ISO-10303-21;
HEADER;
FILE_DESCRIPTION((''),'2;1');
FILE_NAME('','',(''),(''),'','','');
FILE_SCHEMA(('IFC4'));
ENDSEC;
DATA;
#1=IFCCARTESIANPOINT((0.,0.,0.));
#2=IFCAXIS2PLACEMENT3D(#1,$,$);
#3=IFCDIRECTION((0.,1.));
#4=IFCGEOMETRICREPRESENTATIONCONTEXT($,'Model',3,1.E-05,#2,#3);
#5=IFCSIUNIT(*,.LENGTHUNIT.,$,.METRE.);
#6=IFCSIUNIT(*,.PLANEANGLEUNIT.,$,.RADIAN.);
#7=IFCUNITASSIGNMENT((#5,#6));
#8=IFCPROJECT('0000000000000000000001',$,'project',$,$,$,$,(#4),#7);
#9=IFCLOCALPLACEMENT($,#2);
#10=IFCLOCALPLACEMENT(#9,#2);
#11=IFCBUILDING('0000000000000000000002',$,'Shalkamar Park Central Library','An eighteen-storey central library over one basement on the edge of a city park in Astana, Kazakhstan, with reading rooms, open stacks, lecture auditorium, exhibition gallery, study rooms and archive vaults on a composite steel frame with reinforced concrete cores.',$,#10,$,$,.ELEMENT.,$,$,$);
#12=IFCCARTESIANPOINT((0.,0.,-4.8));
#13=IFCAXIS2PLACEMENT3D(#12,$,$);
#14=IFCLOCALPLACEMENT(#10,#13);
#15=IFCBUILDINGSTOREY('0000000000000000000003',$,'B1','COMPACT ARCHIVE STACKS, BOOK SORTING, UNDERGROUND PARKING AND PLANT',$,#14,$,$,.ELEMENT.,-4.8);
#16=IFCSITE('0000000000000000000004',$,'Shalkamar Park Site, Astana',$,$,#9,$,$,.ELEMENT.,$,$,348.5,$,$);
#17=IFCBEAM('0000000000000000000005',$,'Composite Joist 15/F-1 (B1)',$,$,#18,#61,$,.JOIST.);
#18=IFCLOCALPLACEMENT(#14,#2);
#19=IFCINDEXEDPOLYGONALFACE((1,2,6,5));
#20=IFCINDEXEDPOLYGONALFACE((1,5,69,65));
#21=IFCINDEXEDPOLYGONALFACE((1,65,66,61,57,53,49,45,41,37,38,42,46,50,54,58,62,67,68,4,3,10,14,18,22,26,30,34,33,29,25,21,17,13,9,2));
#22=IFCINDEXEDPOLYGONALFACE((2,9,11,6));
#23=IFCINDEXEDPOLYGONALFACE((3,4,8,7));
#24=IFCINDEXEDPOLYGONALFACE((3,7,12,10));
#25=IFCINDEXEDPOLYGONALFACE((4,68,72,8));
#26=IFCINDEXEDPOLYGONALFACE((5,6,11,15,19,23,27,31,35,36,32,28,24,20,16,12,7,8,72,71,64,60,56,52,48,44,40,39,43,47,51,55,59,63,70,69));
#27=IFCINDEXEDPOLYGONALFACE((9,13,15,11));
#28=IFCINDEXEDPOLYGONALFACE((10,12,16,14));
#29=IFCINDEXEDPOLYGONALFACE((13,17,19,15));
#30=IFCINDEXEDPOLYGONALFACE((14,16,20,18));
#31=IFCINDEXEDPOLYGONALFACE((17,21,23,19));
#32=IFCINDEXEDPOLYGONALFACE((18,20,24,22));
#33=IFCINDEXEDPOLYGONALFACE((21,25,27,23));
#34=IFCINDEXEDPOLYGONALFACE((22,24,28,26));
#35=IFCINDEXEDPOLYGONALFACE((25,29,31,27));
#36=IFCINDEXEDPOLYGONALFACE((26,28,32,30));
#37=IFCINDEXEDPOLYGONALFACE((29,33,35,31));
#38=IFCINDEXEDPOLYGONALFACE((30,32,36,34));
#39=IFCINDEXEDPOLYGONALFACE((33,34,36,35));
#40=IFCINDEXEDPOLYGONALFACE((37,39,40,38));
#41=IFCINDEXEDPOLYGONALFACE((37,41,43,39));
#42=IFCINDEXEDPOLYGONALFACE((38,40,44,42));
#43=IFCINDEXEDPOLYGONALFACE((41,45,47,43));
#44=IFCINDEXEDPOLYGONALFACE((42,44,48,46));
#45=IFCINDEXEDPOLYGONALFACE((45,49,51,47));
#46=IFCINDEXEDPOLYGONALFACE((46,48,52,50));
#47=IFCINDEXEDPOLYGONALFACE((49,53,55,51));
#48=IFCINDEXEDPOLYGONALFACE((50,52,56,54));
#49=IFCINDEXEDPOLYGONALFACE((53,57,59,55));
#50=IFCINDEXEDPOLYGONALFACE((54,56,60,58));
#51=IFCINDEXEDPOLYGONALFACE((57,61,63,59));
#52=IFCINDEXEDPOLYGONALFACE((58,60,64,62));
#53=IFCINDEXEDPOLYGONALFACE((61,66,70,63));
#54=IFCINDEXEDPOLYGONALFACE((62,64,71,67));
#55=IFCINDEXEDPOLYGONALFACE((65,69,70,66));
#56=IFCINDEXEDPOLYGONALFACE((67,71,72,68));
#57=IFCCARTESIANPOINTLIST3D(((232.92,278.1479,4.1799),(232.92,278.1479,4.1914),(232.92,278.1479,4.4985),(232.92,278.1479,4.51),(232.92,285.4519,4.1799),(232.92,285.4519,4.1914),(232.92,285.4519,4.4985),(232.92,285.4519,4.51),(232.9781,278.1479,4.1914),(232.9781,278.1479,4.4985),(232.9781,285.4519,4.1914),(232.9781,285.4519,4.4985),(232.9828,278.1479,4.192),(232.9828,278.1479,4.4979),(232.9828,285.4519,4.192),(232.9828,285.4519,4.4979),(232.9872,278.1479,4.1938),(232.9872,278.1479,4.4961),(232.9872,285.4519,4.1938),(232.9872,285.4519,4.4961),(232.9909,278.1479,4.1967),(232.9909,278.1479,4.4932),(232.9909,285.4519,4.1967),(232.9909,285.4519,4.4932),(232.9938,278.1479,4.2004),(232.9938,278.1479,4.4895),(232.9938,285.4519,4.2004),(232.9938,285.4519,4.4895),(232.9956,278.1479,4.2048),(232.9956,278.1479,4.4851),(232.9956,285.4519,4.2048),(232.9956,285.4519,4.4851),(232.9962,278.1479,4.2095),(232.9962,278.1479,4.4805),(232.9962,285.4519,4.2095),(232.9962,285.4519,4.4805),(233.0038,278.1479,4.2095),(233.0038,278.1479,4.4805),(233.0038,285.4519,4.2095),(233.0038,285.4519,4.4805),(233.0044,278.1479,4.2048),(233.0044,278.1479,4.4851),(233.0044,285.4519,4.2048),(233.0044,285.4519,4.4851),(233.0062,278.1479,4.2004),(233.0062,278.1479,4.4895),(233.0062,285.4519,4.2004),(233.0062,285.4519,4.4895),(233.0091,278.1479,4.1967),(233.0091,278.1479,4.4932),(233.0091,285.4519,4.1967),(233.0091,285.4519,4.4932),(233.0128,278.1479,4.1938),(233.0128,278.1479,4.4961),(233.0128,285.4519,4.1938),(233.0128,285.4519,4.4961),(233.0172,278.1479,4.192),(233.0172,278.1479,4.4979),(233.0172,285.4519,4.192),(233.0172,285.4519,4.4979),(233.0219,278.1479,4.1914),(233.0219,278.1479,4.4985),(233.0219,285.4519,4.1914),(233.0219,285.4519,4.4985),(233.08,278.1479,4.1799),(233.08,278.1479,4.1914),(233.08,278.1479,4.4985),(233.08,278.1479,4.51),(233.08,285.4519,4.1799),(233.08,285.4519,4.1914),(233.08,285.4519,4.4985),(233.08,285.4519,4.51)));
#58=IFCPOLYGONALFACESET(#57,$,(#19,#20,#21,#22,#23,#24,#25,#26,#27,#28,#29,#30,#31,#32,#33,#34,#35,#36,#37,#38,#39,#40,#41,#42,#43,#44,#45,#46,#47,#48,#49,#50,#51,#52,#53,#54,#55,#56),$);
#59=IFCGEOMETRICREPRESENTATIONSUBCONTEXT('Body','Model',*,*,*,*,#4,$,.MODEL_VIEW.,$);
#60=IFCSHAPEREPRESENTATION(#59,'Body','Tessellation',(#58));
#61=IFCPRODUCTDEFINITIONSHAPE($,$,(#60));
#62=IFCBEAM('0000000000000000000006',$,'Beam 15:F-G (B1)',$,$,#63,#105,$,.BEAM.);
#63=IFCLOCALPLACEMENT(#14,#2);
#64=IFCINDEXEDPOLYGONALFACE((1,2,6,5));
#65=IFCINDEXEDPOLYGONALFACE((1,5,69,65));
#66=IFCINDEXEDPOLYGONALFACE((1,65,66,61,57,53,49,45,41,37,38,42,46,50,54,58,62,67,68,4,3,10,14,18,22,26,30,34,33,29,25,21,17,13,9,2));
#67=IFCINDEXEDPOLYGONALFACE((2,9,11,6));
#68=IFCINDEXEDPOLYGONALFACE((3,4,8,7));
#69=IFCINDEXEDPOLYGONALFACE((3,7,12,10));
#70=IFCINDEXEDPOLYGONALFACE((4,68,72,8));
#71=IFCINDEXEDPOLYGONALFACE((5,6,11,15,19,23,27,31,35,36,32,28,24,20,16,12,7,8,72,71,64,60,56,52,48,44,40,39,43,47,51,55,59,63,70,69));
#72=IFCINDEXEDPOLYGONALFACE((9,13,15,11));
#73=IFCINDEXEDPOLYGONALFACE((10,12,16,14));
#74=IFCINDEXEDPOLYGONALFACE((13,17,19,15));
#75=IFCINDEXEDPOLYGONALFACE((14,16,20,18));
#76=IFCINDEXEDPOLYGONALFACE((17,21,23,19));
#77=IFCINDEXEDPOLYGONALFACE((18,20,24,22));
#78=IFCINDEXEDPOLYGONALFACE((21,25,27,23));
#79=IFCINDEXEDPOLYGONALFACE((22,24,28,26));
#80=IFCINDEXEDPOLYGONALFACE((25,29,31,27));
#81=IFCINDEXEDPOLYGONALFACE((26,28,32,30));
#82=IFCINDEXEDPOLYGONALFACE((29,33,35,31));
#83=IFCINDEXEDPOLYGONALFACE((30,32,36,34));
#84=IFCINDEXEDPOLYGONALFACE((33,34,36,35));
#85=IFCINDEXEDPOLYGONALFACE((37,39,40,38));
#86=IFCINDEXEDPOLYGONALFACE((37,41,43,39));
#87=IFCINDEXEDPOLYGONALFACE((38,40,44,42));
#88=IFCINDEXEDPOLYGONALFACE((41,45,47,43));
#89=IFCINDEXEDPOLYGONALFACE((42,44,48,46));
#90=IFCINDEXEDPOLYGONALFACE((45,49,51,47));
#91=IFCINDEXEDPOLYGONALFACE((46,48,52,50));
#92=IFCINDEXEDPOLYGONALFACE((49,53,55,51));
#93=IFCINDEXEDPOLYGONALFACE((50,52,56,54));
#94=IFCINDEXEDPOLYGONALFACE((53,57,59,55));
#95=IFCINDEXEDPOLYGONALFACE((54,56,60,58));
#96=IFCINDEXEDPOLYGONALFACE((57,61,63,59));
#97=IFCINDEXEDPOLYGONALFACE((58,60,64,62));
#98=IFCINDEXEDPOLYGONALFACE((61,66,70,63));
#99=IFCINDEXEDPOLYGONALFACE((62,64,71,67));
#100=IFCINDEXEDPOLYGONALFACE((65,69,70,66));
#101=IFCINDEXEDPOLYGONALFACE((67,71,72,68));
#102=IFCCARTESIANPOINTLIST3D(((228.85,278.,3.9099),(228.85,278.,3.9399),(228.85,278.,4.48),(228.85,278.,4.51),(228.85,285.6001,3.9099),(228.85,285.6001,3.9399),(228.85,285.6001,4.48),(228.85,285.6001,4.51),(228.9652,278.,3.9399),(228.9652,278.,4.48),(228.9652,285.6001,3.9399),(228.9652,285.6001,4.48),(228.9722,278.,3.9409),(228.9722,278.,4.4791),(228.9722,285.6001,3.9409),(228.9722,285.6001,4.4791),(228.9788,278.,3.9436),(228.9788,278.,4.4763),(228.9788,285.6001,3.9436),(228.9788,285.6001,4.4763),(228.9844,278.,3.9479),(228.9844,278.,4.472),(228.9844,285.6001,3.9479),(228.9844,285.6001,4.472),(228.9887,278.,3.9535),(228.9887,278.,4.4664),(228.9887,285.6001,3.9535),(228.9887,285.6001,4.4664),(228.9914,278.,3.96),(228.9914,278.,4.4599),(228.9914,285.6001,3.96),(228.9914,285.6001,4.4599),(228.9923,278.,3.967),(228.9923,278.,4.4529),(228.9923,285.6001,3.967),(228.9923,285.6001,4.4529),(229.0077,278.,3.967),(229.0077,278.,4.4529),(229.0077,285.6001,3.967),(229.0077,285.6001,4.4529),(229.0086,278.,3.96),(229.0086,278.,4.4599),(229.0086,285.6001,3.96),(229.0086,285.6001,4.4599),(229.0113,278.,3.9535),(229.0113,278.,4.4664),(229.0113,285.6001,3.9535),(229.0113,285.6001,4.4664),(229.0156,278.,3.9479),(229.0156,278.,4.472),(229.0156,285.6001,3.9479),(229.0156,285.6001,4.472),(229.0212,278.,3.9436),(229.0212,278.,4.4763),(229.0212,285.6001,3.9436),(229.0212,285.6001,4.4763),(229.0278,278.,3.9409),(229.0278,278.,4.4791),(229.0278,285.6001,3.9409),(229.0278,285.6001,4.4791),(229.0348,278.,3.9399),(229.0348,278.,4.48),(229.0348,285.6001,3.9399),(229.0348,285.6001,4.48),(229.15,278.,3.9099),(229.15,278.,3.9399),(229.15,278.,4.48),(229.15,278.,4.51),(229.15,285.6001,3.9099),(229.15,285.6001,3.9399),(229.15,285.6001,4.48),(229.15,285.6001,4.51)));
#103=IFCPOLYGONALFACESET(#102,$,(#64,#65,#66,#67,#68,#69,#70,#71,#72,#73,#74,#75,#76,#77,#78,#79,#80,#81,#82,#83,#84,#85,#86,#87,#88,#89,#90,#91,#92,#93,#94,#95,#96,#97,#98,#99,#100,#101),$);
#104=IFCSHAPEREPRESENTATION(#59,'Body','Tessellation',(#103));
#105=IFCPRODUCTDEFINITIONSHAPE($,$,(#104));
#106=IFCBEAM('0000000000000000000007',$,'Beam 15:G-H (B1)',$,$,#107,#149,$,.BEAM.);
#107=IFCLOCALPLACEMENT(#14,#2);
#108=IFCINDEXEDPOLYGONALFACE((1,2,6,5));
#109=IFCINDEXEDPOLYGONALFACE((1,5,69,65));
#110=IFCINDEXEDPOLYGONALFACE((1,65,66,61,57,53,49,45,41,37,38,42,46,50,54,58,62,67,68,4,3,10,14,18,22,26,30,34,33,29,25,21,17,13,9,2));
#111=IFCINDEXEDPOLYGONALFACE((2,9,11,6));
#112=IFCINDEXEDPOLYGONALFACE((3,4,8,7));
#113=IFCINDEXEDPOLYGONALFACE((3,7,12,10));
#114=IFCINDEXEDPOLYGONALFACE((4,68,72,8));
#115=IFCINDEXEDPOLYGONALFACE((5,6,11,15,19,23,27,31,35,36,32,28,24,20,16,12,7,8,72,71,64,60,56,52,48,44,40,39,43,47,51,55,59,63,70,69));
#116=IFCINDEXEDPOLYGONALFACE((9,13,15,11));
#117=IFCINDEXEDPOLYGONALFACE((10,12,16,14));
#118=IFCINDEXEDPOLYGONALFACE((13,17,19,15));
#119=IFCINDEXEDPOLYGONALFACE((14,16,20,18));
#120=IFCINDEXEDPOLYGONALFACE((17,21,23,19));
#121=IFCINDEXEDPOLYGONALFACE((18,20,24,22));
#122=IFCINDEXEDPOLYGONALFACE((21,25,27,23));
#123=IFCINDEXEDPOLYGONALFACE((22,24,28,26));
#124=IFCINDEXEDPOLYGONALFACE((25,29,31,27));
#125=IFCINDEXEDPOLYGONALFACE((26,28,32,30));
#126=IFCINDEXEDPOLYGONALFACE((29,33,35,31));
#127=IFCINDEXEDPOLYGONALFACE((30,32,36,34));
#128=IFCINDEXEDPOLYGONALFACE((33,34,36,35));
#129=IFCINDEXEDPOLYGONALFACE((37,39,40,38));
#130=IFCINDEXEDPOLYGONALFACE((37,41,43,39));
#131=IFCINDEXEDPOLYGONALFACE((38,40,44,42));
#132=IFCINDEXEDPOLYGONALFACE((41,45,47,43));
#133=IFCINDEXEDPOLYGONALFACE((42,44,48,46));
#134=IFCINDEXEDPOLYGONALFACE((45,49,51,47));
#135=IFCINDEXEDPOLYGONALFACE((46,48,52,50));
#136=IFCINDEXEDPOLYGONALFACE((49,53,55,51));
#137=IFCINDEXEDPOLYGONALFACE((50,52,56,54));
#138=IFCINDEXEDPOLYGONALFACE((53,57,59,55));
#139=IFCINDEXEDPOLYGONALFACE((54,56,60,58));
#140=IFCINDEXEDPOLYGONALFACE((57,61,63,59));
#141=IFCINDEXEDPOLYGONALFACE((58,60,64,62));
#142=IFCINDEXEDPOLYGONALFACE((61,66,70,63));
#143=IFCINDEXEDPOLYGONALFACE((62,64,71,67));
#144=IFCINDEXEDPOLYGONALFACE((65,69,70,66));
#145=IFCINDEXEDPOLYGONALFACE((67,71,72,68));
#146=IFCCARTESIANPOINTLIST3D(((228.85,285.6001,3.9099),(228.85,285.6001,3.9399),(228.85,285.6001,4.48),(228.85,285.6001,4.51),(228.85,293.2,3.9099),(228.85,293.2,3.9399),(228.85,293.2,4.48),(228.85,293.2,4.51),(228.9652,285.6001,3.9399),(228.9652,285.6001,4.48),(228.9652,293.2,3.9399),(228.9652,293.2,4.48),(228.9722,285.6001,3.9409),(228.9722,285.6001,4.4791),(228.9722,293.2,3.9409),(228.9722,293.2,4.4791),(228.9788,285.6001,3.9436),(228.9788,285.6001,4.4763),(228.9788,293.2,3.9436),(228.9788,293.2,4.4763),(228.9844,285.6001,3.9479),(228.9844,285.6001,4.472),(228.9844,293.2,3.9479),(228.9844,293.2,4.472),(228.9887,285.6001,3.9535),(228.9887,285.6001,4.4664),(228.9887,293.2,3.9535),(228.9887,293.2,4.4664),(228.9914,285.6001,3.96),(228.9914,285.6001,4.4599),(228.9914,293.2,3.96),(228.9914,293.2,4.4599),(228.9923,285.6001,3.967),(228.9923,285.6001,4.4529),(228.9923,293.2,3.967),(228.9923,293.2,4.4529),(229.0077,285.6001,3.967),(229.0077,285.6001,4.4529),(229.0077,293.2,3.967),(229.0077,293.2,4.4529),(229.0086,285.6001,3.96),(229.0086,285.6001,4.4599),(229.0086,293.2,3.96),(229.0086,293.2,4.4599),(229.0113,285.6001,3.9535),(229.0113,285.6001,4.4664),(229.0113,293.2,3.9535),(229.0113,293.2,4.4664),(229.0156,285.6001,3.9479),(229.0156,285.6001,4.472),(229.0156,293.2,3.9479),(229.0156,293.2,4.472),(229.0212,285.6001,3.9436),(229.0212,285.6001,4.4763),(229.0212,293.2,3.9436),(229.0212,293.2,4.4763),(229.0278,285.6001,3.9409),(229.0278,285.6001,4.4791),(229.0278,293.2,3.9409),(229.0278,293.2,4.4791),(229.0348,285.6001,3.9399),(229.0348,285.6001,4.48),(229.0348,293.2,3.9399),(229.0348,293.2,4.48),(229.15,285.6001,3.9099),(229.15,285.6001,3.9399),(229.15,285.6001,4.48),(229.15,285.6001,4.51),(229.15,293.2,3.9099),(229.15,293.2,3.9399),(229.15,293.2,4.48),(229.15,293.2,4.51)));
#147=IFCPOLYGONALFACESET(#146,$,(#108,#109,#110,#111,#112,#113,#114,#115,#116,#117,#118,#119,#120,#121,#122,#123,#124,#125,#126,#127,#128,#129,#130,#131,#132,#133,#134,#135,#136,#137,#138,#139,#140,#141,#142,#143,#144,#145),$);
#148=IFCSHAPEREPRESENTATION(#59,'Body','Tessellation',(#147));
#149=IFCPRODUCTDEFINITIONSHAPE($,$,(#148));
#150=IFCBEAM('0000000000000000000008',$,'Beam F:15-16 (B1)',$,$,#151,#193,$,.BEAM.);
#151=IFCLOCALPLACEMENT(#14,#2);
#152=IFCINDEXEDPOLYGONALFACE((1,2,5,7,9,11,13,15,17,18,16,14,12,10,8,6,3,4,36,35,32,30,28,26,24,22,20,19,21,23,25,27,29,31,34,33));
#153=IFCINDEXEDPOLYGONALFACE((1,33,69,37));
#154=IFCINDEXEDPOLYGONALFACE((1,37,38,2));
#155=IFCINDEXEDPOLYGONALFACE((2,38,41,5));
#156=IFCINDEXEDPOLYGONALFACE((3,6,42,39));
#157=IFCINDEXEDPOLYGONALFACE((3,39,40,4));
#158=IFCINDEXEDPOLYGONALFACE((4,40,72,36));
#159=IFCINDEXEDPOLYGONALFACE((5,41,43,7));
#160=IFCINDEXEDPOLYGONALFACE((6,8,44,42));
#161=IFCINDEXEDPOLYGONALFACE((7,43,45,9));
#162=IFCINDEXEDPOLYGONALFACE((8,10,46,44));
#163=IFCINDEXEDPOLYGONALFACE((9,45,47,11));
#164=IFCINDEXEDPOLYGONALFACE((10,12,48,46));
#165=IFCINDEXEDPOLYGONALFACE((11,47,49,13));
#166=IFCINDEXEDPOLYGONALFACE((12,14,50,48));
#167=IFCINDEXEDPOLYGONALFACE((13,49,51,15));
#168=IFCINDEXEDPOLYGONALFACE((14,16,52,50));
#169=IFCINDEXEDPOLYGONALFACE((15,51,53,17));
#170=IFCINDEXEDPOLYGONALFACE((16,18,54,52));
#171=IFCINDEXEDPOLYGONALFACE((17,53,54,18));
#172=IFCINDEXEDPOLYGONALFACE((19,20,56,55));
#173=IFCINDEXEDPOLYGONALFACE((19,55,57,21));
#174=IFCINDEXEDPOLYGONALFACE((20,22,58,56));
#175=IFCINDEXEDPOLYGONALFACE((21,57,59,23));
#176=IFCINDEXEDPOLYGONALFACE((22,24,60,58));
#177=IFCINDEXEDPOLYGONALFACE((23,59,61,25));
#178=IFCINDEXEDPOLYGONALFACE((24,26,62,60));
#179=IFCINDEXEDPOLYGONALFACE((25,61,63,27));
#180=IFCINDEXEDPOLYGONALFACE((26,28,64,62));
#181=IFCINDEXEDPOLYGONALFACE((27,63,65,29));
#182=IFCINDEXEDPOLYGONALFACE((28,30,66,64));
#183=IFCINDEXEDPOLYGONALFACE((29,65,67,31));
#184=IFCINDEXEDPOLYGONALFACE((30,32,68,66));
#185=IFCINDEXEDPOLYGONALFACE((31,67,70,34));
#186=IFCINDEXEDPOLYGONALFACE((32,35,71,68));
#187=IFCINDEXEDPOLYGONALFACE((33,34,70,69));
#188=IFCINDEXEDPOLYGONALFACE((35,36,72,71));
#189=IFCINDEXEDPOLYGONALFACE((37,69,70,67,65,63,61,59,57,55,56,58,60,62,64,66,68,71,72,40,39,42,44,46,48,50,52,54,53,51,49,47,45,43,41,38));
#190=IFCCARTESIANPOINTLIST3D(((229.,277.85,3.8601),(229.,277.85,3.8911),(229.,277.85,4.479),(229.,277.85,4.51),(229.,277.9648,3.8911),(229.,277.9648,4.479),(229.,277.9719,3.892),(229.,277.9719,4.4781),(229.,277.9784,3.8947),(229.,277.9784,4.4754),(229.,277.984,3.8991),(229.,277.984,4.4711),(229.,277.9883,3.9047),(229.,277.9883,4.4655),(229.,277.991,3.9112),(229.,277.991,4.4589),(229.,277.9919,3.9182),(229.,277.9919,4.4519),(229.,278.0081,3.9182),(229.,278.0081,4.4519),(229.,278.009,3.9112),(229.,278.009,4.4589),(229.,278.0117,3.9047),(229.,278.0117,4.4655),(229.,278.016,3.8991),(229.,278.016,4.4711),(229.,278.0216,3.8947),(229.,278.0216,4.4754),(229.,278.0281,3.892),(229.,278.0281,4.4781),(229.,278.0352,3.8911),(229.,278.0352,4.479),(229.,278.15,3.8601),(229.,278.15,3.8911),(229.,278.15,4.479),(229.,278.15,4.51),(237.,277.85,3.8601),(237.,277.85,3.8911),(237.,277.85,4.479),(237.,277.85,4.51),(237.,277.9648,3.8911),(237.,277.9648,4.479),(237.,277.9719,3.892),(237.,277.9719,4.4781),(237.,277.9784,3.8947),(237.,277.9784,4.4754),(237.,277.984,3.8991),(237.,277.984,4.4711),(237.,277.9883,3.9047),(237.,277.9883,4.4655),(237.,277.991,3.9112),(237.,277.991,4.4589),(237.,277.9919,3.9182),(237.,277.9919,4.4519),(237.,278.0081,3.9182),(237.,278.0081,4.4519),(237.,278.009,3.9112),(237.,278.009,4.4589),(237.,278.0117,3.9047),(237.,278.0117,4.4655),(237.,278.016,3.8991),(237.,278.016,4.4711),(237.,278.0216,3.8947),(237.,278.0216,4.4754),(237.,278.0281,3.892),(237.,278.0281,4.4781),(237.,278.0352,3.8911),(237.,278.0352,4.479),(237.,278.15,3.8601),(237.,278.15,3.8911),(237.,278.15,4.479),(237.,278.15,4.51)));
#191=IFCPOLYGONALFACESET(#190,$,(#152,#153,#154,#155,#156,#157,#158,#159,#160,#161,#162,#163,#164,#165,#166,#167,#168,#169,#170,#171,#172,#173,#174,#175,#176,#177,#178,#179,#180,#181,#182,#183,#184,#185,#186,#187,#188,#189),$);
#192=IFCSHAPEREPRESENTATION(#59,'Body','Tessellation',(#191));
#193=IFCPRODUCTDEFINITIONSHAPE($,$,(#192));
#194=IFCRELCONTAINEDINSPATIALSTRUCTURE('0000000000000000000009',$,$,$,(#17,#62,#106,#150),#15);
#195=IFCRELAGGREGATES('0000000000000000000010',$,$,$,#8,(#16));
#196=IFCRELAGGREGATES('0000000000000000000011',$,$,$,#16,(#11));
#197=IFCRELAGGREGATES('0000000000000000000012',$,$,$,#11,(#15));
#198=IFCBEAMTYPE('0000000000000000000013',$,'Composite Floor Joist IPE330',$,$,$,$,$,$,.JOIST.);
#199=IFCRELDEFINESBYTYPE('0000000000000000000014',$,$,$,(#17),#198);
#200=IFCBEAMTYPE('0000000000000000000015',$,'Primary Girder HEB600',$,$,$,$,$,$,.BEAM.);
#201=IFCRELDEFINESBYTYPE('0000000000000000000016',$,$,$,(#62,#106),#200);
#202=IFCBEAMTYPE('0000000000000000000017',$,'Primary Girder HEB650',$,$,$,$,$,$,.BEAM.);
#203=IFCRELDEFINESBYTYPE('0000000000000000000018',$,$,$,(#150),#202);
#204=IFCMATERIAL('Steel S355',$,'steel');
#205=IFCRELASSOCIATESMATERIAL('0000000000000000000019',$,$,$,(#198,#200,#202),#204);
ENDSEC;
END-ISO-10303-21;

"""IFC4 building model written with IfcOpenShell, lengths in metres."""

from ifc_helpers import new_model, si_unit, direction, frame, origin, origin_2d, place, context, subcontext, project, spatial, i_section, extrude, material, material_profile, profile_set, type_object, element, save


model = new_model("IFC4")

# Units and contexts
model_context = context("Model", 3, precision=1e-05, world=origin(), true_north=direction((0.0, 1.0)))
body_context = subcontext(model_context, "Body", "Model", "MODEL_VIEW")
ifc_project = project(units=[si_unit("LENGTHUNIT", "METRE"), si_unit("PLANEANGLEUNIT", "RADIAN")], contexts=[model_context])

# Site, building, storey
site_placement = place(None, origin())
site = spatial("IfcSite", under=ifc_project, at=site_placement, Name="Shalkamar Park Site, Astana", CompositionType="ELEMENT", RefElevation=348.5)
building_placement = place(site_placement, origin())
building = spatial("IfcBuilding", under=site, at=building_placement, Name="Shalkamar Park Central Library", Description="An eighteen-storey central library over one basement on the edge of a city park in Astana, Kazakhstan, with reading rooms, open stacks, lecture auditorium, exhibition gallery, study rooms and archive vaults on a composite steel frame with reinforced concrete cores.", CompositionType="ELEMENT")
storey_placement = place(building_placement, frame((0.0, 0.0, -4.8)))
storey = spatial("IfcBuildingStorey", under=building, at=storey_placement, Name="B1", Description="COMPACT ARCHIVE STACKS, BOOK SORTING, UNDERGROUND PARKING AND PLANT", CompositionType="ELEMENT", Elevation=-4.8)

# Beams
ifc_material_1 = material(Name="Steel S355", Category="steel")
ifc_material_profile_1 = material_profile(ifc_material_1, i_section(OverallWidth=0.1599, OverallDepth=0.3301, WebThickness=0.0076, FlangeThickness=0.0115, FilletRadius=0.0181, at=origin_2d()), Name="IPE 330")
ifc_profile_set_1 = profile_set([ifc_material_profile_1], Name="Steel S355")
beam_type_1 = type_object("IfcBeamType", Name="Composite Floor Joist IPE330", PredefinedType="JOIST", material=ifc_profile_set_1)
for number, where, z_axis, x_axis, name in (
    (1, (233.0, 278.1479, 4.345), (0.0, 1.0, 0.0), (-1.0, 0.0, 0.0), "Composite Joist 15/F-1 (B1)"),
):
    element("IfcBeam", number, at=place(storey_placement, frame(where, z_axis=z_axis, x_axis=x_axis)), inside=storey, type_object=beam_type_1, Name=name, PredefinedType="JOIST", context=body_context, shape_type="SweptSolid", body=[
        extrude(i_section(OverallWidth=0.1599, OverallDepth=0.3301, WebThickness=0.0076, FlangeThickness=0.0115, FilletRadius=0.0181, at=origin_2d()), origin(), (0.0, 0.0, 1.0), 7.304),
    ])
ifc_material_profile_2 = material_profile(ifc_material_1, i_section(OverallWidth=0.3, OverallDepth=0.6001, WebThickness=0.0154, FlangeThickness=0.03, FilletRadius=0.0271, at=origin_2d()), Name="HEB 600")
ifc_profile_set_2 = profile_set([ifc_material_profile_2], Name="Steel S355")
beam_type_2 = type_object("IfcBeamType", Name="Primary Girder HEB600", PredefinedType="BEAM", material=ifc_profile_set_2)
beam_1_placement = place(storey_placement, frame((229.0, 278.0, 4.21), z_axis=(0.0, 1.0, 0.0), x_axis=(-1.0, 0.0, 0.0)))
element("IfcBeam", 2, at=beam_1_placement, inside=storey, type_object=beam_type_2, Name="Beam 15:F-G (B1)", PredefinedType="BEAM", context=body_context, shape_type="SweptSolid", body=[
    extrude(i_section(OverallWidth=0.3, OverallDepth=0.6001, WebThickness=0.0154, FlangeThickness=0.03, FilletRadius=0.0271, at=origin_2d()), origin(), (0.0, 0.0, 1.0), 7.6001),
])
beam_2_placement = place(storey_placement, frame((229.0, 285.6001, 4.21), z_axis=(0.0, 1.0, 0.0), x_axis=(-1.0, 0.0, 0.0)))
element("IfcBeam", 3, at=beam_2_placement, inside=storey, type_object=beam_type_2, Name="Beam 15:G-H (B1)", PredefinedType="BEAM", context=body_context, shape_type="SweptSolid", body=[
    extrude(i_section(OverallWidth=0.3, OverallDepth=0.6001, WebThickness=0.0154, FlangeThickness=0.03, FilletRadius=0.0271, at=origin_2d()), origin(), (0.0, 0.0, 1.0), 7.5999),
])
ifc_material_profile_3 = material_profile(ifc_material_1, i_section(OverallWidth=0.3, OverallDepth=0.6499, WebThickness=0.0161, FlangeThickness=0.031, FilletRadius=0.0271, at=origin_2d()), Name="HEB 650")
ifc_profile_set_3 = profile_set([ifc_material_profile_3], Name="Steel S355")
beam_type_3 = type_object("IfcBeamType", Name="Primary Girder HEB650", PredefinedType="BEAM", material=ifc_profile_set_3)
for number, where, z_axis, x_axis, name in (
    (4, (229.0, 278.0, 4.1851), (1.0, 0.0, 0.0), (0.0, 1.0, 0.0), "Beam F:15-16 (B1)"),
):
    element("IfcBeam", number, at=place(storey_placement, frame(where, z_axis=z_axis, x_axis=x_axis)), inside=storey, type_object=beam_type_3, Name=name, PredefinedType="BEAM", context=body_context, shape_type="SweptSolid", body=[
        extrude(i_section(OverallWidth=0.3, OverallDepth=0.6499, WebThickness=0.0161, FlangeThickness=0.031, FilletRadius=0.0271, at=origin_2d()), origin(), (0.0, 0.0, 1.0), 8.0),
    ])

save(model, "model.ifc")
